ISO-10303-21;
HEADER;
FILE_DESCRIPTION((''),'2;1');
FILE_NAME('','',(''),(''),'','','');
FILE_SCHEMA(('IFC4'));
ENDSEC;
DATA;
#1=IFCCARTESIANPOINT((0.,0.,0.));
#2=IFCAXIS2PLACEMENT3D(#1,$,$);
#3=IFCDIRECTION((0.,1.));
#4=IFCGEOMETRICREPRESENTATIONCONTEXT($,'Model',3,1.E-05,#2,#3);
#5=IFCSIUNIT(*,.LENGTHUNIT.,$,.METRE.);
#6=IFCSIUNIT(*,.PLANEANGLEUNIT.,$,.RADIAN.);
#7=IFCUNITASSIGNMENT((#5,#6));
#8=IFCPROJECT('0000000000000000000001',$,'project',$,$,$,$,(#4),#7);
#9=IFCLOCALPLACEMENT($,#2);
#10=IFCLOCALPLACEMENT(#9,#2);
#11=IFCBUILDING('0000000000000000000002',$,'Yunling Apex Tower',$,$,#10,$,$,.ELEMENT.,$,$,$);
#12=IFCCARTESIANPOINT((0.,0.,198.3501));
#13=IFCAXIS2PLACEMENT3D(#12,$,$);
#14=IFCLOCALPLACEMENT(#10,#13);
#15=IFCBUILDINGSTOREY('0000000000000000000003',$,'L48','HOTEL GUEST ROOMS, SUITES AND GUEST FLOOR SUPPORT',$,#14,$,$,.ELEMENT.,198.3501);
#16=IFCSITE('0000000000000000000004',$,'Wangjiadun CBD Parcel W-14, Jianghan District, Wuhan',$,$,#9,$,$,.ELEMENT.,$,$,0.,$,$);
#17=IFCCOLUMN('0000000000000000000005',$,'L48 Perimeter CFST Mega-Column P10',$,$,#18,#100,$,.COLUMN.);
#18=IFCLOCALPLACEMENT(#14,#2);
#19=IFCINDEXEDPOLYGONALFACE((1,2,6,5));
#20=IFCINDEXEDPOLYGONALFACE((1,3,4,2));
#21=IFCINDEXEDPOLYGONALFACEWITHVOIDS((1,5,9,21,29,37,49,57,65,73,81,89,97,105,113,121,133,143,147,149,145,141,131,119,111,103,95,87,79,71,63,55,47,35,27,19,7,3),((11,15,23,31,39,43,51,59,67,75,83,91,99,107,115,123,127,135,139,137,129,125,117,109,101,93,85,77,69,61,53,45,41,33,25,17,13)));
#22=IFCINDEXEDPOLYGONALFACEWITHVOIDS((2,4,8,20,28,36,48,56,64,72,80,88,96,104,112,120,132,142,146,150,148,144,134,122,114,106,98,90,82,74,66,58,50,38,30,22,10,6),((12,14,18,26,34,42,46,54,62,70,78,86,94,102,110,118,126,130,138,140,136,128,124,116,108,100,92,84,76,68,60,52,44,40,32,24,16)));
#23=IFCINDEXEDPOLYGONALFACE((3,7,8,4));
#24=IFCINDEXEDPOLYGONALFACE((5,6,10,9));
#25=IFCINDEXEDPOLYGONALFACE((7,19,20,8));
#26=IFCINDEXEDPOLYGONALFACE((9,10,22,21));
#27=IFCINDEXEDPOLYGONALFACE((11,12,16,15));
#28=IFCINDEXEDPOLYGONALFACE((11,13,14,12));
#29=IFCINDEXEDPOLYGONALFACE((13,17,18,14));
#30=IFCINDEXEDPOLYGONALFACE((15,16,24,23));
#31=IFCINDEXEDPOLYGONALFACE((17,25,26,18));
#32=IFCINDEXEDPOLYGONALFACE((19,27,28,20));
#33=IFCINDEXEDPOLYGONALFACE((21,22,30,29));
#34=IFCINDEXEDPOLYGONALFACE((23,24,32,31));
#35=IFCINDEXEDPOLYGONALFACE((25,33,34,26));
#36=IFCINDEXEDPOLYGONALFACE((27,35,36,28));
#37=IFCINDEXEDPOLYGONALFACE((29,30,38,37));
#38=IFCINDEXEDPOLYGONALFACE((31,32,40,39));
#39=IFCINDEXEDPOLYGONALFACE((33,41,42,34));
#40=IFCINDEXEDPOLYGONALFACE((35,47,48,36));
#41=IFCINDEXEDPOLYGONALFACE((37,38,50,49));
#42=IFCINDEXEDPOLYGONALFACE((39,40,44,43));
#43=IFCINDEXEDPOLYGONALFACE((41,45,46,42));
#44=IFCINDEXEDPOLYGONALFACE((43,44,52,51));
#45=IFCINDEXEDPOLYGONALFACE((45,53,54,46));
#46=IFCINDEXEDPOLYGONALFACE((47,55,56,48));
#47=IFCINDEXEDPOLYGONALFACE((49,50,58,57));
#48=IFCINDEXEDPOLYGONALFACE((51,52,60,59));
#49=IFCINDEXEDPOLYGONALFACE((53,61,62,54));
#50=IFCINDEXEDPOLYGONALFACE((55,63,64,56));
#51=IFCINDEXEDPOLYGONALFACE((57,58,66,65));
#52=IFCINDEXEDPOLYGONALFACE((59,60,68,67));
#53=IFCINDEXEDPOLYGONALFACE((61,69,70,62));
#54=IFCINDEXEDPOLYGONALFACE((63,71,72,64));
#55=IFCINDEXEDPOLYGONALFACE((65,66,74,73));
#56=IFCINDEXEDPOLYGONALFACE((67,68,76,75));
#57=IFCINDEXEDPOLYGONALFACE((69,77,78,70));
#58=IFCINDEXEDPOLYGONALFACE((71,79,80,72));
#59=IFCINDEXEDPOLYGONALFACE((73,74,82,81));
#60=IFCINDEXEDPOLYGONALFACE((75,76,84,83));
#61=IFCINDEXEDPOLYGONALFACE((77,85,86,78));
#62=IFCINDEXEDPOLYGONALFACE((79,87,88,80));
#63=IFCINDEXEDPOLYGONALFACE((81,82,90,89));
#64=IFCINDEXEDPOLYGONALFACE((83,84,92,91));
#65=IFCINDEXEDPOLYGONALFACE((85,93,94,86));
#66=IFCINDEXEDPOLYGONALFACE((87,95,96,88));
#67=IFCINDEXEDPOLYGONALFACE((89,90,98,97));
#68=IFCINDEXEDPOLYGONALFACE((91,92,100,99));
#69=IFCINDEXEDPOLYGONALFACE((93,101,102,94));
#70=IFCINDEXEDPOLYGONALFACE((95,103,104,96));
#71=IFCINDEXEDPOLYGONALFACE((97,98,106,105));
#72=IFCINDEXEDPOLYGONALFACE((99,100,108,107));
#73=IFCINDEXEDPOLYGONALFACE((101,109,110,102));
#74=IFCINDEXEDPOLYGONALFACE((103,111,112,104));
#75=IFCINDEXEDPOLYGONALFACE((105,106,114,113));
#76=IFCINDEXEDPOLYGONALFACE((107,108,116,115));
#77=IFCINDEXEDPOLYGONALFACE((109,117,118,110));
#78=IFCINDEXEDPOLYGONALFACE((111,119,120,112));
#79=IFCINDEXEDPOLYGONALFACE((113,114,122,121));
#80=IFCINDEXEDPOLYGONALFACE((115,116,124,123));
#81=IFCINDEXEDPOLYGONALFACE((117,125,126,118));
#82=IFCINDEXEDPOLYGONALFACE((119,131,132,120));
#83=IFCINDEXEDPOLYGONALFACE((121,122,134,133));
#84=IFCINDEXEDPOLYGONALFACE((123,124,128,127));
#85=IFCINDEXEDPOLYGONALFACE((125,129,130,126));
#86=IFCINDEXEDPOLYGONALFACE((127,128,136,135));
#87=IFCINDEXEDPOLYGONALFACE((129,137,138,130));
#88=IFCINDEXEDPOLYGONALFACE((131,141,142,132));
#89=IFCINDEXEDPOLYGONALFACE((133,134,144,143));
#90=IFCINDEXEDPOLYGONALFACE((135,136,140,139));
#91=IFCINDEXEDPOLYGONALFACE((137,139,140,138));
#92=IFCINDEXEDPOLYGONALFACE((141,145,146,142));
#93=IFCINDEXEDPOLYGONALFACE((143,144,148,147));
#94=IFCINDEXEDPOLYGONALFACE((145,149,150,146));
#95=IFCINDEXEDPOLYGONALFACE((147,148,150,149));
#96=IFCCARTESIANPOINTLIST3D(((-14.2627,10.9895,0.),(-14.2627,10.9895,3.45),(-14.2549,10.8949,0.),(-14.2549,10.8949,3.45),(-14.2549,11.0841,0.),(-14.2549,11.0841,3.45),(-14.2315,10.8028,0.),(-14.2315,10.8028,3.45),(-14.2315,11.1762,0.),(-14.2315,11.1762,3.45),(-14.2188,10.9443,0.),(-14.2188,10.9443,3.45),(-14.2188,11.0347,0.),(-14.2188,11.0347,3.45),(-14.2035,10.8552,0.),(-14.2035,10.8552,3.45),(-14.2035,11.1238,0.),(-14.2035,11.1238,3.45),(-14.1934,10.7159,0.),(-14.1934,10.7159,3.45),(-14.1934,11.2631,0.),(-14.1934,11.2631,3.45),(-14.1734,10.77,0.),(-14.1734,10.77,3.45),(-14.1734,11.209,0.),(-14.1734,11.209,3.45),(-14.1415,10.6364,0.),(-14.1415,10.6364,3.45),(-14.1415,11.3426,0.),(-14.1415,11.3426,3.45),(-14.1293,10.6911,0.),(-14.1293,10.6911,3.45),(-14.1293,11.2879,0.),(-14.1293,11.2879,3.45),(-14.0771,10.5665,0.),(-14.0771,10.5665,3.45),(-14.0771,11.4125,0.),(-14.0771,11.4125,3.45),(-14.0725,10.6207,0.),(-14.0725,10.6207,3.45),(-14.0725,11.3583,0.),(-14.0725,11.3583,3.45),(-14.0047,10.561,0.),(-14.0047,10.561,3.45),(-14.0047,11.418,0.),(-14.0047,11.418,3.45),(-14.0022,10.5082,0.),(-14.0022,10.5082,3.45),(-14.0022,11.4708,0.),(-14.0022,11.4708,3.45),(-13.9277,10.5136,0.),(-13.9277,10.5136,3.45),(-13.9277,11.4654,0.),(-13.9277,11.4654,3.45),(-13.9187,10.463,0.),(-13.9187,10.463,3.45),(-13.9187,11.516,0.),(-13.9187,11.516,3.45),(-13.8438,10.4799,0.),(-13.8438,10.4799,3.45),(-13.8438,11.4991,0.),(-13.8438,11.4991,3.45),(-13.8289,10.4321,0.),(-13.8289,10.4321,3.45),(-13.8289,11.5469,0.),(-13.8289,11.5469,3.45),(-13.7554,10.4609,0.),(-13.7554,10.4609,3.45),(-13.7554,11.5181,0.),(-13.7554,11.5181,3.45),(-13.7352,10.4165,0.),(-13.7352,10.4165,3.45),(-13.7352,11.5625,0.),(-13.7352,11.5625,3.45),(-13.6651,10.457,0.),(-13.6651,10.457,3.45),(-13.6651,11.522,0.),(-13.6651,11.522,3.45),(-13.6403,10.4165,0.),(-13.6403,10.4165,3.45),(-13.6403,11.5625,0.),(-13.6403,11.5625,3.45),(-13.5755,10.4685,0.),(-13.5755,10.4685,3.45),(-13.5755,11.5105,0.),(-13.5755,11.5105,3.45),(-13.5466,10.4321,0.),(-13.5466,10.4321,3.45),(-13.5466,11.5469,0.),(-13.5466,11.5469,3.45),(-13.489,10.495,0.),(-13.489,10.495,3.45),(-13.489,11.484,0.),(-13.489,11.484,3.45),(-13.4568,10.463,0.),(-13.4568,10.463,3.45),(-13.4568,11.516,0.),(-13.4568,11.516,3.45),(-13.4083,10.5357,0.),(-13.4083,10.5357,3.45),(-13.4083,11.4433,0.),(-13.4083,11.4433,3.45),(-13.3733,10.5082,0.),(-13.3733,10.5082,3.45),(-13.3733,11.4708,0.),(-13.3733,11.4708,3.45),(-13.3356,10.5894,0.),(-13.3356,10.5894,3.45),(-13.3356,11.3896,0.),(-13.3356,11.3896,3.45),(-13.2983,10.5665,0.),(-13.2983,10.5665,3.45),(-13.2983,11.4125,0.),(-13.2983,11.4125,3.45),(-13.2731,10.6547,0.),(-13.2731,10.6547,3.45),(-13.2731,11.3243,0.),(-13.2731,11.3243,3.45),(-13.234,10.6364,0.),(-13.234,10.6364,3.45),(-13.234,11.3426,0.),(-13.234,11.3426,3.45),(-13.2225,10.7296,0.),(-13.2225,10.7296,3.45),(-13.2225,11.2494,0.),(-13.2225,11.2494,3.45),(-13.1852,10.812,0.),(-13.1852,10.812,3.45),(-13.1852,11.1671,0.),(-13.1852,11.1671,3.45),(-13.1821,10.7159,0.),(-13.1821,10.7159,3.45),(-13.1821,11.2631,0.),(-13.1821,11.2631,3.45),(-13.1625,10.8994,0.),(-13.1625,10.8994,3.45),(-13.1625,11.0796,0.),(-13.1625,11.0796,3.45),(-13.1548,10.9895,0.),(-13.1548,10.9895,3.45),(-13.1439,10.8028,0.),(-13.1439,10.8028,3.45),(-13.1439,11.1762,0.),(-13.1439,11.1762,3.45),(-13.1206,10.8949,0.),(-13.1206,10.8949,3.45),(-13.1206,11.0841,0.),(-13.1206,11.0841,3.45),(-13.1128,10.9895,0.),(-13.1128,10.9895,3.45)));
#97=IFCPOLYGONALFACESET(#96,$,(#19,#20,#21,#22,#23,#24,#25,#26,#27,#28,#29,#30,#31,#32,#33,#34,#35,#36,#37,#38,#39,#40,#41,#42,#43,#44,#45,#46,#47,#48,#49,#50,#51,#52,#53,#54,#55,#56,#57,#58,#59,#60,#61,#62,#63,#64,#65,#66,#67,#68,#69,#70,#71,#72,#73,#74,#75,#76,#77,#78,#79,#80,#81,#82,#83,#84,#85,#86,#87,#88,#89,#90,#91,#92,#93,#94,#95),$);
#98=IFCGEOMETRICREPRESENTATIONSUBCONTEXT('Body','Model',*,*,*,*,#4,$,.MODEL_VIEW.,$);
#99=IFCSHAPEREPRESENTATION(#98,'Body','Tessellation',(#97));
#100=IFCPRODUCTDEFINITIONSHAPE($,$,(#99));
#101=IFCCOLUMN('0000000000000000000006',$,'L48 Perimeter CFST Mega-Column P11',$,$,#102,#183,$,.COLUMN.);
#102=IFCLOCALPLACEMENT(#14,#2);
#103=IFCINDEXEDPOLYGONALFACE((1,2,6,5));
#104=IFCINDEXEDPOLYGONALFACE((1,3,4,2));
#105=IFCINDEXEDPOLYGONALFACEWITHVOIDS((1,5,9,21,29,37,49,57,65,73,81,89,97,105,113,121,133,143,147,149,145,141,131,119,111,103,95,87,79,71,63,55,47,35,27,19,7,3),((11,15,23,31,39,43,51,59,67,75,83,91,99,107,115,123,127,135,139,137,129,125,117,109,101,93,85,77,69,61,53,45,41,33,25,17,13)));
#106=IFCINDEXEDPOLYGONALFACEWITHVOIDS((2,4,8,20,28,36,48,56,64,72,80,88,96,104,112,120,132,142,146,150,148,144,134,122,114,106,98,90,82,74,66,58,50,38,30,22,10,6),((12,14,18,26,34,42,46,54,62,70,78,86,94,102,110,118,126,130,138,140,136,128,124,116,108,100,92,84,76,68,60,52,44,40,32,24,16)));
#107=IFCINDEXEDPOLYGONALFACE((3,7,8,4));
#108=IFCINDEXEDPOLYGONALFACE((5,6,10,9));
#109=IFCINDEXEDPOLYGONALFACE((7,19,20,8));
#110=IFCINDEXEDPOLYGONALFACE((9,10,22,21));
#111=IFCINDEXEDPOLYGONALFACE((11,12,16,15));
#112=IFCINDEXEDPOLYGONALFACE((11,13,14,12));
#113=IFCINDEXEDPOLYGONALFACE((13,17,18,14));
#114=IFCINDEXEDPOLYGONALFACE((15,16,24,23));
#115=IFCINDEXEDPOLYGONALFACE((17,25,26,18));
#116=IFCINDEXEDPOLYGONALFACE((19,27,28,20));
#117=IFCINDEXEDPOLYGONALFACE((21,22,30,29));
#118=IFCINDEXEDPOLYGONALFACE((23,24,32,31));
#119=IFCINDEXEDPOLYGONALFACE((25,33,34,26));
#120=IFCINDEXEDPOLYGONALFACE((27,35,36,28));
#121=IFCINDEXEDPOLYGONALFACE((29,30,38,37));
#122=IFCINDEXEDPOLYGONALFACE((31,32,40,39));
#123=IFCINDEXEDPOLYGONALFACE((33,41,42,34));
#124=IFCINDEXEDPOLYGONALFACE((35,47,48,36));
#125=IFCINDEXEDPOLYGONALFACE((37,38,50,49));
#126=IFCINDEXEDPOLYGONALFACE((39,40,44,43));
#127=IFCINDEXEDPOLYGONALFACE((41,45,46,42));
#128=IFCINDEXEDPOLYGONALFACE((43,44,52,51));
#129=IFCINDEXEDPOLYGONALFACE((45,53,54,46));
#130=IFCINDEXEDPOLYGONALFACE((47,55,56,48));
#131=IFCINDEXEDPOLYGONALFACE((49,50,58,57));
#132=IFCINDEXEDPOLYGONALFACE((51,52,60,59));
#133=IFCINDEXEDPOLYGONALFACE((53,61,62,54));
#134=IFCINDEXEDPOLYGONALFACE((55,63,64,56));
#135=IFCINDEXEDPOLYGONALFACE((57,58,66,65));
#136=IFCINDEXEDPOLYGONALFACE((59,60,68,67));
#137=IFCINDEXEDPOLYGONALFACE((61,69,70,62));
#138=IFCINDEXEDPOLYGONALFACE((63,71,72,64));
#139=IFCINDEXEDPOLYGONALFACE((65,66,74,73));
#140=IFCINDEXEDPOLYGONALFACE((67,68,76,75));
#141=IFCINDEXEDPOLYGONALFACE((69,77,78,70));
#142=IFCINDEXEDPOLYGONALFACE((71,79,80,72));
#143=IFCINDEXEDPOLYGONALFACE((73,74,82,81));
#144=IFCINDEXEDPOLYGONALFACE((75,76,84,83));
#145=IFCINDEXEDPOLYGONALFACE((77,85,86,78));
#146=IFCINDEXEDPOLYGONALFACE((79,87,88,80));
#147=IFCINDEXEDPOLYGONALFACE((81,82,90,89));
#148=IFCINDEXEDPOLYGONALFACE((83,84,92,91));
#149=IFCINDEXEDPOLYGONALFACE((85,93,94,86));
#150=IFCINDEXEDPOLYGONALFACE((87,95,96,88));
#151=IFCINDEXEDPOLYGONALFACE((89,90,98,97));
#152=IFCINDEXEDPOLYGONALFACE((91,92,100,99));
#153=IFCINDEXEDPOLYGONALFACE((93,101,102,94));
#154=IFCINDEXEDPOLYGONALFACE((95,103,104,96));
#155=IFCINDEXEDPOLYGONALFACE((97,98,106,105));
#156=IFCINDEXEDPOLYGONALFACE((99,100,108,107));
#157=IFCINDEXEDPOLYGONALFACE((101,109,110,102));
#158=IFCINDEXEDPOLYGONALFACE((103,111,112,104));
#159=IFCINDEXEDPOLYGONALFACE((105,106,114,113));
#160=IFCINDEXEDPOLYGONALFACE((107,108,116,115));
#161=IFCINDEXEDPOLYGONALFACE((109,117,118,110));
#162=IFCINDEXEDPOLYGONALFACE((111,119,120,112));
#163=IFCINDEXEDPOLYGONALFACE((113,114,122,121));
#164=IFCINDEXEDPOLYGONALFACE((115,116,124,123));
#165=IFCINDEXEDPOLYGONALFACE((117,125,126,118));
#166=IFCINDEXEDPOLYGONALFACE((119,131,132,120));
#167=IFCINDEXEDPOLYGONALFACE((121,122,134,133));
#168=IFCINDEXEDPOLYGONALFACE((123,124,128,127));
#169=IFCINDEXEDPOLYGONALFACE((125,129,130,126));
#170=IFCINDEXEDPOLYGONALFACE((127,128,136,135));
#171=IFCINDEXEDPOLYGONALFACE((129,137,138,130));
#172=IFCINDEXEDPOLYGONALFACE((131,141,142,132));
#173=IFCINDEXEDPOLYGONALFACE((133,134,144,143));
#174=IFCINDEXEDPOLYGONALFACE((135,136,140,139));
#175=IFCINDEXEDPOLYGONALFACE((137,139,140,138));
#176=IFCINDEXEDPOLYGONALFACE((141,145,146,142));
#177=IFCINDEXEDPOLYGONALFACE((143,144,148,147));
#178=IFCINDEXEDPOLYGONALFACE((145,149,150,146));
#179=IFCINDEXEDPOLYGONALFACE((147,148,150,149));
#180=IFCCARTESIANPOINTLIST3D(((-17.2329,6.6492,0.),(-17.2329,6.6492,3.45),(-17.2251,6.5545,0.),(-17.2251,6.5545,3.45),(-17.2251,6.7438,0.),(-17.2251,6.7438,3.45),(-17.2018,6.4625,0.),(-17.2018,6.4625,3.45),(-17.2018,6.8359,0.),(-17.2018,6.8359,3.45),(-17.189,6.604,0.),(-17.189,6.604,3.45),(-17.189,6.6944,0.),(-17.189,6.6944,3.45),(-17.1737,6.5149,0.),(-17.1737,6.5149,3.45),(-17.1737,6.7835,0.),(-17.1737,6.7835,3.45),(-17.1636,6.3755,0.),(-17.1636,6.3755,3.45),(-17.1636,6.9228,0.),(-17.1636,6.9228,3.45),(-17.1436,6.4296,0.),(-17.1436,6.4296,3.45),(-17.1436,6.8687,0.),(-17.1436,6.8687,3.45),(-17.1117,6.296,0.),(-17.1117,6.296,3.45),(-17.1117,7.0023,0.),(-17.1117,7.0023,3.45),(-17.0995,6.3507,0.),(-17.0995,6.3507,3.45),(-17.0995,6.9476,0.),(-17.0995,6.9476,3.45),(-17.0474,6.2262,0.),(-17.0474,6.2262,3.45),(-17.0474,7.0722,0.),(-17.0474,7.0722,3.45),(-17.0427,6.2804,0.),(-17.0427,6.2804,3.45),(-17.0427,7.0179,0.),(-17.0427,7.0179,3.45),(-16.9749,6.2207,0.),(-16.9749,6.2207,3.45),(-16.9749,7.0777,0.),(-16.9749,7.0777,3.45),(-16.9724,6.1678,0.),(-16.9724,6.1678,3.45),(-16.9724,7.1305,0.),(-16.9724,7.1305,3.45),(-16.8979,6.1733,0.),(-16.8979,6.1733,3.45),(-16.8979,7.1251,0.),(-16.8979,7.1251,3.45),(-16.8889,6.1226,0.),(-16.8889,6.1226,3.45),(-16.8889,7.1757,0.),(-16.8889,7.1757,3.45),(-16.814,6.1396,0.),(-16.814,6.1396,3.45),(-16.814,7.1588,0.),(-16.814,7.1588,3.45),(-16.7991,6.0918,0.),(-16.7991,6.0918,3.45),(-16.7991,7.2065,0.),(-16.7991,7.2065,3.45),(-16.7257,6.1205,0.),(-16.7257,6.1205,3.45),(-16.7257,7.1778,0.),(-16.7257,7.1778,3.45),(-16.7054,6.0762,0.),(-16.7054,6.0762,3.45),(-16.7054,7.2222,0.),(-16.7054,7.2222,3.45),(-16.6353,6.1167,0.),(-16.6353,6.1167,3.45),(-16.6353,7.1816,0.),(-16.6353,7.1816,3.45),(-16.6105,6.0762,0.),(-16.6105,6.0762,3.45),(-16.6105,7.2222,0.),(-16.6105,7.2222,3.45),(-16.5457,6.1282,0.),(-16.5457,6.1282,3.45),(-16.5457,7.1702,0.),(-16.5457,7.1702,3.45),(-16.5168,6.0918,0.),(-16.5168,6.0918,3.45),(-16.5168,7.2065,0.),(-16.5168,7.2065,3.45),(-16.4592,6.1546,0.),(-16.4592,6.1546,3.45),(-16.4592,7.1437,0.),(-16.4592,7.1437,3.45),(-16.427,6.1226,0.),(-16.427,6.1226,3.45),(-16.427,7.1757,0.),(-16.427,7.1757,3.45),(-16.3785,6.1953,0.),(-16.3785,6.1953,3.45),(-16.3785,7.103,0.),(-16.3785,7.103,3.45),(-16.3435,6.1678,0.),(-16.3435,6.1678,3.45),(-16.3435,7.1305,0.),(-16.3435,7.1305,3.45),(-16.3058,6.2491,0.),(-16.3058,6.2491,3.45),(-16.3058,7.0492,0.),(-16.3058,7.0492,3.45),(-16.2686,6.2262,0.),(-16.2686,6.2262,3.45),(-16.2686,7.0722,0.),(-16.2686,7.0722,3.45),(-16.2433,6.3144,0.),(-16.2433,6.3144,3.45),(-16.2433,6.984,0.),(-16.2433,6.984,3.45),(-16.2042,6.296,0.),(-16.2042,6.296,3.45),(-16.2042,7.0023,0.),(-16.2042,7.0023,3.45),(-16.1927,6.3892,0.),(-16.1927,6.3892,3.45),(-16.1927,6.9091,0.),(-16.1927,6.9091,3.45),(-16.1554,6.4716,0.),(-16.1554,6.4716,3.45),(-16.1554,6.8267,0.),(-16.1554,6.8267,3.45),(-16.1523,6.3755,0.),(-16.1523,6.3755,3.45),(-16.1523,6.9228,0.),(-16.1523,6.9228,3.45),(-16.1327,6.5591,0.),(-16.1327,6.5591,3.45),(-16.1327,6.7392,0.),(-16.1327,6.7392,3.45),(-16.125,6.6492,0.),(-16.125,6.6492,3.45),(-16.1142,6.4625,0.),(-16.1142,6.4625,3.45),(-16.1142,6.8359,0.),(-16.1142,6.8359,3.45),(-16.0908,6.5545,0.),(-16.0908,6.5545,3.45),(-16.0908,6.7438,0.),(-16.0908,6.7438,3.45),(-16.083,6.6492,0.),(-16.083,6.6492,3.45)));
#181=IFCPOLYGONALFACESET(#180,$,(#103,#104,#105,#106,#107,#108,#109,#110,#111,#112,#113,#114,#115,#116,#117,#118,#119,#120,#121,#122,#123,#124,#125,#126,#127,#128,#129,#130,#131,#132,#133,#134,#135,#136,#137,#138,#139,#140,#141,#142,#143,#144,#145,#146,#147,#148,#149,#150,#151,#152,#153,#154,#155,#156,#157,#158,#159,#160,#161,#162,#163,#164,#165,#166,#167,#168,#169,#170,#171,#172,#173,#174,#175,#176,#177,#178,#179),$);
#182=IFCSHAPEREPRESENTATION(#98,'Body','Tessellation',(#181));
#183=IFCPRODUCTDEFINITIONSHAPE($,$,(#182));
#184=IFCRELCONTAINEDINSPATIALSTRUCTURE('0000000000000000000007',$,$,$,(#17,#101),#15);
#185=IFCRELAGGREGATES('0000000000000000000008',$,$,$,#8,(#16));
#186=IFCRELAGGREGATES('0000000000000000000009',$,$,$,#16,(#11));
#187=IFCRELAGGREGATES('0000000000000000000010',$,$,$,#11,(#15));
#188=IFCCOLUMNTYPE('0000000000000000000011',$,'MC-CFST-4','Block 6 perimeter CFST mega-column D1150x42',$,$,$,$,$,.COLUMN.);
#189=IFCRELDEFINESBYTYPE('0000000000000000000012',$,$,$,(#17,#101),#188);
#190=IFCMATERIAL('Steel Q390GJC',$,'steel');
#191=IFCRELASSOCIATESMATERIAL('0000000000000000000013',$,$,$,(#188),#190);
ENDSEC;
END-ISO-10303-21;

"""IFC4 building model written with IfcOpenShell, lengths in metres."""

from ifc_helpers import new_model, si_unit, direction, frame, origin, origin_2d, place, context, subcontext, project, spatial, hollow_circle, extrude, source, transform, mapped, material, material_profile, profile_set, type_object, element, save


model = new_model("IFC4")

# Units and contexts
model_context = context("Model", 3, precision=1e-05, world=origin(), true_north=direction((0.0, 1.0)))
body_context = subcontext(model_context, "Body", "Model", "MODEL_VIEW")
ifc_project = project(units=[si_unit("LENGTHUNIT", "METRE"), si_unit("PLANEANGLEUNIT", "RADIAN")], contexts=[model_context])

# Site, building, storey
site_placement = place(None, origin())
site = spatial("IfcSite", under=ifc_project, at=site_placement, Name="Wangjiadun CBD Parcel W-14, Jianghan District, Wuhan", CompositionType="ELEMENT", RefElevation=0.0)
building_placement = place(site_placement, origin())
building = spatial("IfcBuilding", under=site, at=building_placement, Name="Yunling Apex Tower", CompositionType="ELEMENT")
storey_placement = place(building_placement, frame((0.0, 0.0, 198.3501)))
storey = spatial("IfcBuildingStorey", under=building, at=storey_placement, Name="L48", Description="HOTEL GUEST ROOMS, SUITES AND GUEST FLOOR SUPPORT", CompositionType="ELEMENT", Elevation=198.3501)

# Columns
ifc_material_1 = material(Name="Steel Q390GJC", Category="steel")
ifc_material_profile_1 = material_profile(ifc_material_1, hollow_circle(Radius=0.575, WallThickness=0.042, at=origin_2d()))
ifc_profile_set_1 = profile_set([ifc_material_profile_1], Name="Steel Q390GJC")
column_type = type_object("IfcColumnType", Name="MC-CFST-4", Description="Block 6 perimeter CFST mega-column D1150x42", PredefinedType="COLUMN", material=ifc_profile_set_1)
shared_shape_1 = source(origin(), body_context, "Body", "SweptSolid", [
    extrude(hollow_circle(Radius=0.575, WallThickness=0.042, at=origin_2d()), origin(), (0.0, 0.0, 1.0), 3.45),
])
for number, where, z_axis, x_axis, name in (
    (1, (-13.6877, 10.9895, 0.0), (0.0, 0.0, 1.0), (1.0, 0.0, 0.0), "L48 Perimeter CFST Mega-Column P10"),
    (2, (-16.658, 6.6492, 0.0), (0.0, 0.0, 1.0), (1.0, 0.0, 0.0), "L48 Perimeter CFST Mega-Column P11"),
):
    element("IfcColumn", number, at=place(storey_placement, frame(where, z_axis=z_axis, x_axis=x_axis)), inside=storey, type_object=column_type, Name=name, PredefinedType="COLUMN", context=body_context, shape_type="MappedRepresentation", body=[
        mapped(shared_shape_1, transform((0.0, 0.0, 0.0), scale=1.0)),
    ])

save(model, "model.ifc")
